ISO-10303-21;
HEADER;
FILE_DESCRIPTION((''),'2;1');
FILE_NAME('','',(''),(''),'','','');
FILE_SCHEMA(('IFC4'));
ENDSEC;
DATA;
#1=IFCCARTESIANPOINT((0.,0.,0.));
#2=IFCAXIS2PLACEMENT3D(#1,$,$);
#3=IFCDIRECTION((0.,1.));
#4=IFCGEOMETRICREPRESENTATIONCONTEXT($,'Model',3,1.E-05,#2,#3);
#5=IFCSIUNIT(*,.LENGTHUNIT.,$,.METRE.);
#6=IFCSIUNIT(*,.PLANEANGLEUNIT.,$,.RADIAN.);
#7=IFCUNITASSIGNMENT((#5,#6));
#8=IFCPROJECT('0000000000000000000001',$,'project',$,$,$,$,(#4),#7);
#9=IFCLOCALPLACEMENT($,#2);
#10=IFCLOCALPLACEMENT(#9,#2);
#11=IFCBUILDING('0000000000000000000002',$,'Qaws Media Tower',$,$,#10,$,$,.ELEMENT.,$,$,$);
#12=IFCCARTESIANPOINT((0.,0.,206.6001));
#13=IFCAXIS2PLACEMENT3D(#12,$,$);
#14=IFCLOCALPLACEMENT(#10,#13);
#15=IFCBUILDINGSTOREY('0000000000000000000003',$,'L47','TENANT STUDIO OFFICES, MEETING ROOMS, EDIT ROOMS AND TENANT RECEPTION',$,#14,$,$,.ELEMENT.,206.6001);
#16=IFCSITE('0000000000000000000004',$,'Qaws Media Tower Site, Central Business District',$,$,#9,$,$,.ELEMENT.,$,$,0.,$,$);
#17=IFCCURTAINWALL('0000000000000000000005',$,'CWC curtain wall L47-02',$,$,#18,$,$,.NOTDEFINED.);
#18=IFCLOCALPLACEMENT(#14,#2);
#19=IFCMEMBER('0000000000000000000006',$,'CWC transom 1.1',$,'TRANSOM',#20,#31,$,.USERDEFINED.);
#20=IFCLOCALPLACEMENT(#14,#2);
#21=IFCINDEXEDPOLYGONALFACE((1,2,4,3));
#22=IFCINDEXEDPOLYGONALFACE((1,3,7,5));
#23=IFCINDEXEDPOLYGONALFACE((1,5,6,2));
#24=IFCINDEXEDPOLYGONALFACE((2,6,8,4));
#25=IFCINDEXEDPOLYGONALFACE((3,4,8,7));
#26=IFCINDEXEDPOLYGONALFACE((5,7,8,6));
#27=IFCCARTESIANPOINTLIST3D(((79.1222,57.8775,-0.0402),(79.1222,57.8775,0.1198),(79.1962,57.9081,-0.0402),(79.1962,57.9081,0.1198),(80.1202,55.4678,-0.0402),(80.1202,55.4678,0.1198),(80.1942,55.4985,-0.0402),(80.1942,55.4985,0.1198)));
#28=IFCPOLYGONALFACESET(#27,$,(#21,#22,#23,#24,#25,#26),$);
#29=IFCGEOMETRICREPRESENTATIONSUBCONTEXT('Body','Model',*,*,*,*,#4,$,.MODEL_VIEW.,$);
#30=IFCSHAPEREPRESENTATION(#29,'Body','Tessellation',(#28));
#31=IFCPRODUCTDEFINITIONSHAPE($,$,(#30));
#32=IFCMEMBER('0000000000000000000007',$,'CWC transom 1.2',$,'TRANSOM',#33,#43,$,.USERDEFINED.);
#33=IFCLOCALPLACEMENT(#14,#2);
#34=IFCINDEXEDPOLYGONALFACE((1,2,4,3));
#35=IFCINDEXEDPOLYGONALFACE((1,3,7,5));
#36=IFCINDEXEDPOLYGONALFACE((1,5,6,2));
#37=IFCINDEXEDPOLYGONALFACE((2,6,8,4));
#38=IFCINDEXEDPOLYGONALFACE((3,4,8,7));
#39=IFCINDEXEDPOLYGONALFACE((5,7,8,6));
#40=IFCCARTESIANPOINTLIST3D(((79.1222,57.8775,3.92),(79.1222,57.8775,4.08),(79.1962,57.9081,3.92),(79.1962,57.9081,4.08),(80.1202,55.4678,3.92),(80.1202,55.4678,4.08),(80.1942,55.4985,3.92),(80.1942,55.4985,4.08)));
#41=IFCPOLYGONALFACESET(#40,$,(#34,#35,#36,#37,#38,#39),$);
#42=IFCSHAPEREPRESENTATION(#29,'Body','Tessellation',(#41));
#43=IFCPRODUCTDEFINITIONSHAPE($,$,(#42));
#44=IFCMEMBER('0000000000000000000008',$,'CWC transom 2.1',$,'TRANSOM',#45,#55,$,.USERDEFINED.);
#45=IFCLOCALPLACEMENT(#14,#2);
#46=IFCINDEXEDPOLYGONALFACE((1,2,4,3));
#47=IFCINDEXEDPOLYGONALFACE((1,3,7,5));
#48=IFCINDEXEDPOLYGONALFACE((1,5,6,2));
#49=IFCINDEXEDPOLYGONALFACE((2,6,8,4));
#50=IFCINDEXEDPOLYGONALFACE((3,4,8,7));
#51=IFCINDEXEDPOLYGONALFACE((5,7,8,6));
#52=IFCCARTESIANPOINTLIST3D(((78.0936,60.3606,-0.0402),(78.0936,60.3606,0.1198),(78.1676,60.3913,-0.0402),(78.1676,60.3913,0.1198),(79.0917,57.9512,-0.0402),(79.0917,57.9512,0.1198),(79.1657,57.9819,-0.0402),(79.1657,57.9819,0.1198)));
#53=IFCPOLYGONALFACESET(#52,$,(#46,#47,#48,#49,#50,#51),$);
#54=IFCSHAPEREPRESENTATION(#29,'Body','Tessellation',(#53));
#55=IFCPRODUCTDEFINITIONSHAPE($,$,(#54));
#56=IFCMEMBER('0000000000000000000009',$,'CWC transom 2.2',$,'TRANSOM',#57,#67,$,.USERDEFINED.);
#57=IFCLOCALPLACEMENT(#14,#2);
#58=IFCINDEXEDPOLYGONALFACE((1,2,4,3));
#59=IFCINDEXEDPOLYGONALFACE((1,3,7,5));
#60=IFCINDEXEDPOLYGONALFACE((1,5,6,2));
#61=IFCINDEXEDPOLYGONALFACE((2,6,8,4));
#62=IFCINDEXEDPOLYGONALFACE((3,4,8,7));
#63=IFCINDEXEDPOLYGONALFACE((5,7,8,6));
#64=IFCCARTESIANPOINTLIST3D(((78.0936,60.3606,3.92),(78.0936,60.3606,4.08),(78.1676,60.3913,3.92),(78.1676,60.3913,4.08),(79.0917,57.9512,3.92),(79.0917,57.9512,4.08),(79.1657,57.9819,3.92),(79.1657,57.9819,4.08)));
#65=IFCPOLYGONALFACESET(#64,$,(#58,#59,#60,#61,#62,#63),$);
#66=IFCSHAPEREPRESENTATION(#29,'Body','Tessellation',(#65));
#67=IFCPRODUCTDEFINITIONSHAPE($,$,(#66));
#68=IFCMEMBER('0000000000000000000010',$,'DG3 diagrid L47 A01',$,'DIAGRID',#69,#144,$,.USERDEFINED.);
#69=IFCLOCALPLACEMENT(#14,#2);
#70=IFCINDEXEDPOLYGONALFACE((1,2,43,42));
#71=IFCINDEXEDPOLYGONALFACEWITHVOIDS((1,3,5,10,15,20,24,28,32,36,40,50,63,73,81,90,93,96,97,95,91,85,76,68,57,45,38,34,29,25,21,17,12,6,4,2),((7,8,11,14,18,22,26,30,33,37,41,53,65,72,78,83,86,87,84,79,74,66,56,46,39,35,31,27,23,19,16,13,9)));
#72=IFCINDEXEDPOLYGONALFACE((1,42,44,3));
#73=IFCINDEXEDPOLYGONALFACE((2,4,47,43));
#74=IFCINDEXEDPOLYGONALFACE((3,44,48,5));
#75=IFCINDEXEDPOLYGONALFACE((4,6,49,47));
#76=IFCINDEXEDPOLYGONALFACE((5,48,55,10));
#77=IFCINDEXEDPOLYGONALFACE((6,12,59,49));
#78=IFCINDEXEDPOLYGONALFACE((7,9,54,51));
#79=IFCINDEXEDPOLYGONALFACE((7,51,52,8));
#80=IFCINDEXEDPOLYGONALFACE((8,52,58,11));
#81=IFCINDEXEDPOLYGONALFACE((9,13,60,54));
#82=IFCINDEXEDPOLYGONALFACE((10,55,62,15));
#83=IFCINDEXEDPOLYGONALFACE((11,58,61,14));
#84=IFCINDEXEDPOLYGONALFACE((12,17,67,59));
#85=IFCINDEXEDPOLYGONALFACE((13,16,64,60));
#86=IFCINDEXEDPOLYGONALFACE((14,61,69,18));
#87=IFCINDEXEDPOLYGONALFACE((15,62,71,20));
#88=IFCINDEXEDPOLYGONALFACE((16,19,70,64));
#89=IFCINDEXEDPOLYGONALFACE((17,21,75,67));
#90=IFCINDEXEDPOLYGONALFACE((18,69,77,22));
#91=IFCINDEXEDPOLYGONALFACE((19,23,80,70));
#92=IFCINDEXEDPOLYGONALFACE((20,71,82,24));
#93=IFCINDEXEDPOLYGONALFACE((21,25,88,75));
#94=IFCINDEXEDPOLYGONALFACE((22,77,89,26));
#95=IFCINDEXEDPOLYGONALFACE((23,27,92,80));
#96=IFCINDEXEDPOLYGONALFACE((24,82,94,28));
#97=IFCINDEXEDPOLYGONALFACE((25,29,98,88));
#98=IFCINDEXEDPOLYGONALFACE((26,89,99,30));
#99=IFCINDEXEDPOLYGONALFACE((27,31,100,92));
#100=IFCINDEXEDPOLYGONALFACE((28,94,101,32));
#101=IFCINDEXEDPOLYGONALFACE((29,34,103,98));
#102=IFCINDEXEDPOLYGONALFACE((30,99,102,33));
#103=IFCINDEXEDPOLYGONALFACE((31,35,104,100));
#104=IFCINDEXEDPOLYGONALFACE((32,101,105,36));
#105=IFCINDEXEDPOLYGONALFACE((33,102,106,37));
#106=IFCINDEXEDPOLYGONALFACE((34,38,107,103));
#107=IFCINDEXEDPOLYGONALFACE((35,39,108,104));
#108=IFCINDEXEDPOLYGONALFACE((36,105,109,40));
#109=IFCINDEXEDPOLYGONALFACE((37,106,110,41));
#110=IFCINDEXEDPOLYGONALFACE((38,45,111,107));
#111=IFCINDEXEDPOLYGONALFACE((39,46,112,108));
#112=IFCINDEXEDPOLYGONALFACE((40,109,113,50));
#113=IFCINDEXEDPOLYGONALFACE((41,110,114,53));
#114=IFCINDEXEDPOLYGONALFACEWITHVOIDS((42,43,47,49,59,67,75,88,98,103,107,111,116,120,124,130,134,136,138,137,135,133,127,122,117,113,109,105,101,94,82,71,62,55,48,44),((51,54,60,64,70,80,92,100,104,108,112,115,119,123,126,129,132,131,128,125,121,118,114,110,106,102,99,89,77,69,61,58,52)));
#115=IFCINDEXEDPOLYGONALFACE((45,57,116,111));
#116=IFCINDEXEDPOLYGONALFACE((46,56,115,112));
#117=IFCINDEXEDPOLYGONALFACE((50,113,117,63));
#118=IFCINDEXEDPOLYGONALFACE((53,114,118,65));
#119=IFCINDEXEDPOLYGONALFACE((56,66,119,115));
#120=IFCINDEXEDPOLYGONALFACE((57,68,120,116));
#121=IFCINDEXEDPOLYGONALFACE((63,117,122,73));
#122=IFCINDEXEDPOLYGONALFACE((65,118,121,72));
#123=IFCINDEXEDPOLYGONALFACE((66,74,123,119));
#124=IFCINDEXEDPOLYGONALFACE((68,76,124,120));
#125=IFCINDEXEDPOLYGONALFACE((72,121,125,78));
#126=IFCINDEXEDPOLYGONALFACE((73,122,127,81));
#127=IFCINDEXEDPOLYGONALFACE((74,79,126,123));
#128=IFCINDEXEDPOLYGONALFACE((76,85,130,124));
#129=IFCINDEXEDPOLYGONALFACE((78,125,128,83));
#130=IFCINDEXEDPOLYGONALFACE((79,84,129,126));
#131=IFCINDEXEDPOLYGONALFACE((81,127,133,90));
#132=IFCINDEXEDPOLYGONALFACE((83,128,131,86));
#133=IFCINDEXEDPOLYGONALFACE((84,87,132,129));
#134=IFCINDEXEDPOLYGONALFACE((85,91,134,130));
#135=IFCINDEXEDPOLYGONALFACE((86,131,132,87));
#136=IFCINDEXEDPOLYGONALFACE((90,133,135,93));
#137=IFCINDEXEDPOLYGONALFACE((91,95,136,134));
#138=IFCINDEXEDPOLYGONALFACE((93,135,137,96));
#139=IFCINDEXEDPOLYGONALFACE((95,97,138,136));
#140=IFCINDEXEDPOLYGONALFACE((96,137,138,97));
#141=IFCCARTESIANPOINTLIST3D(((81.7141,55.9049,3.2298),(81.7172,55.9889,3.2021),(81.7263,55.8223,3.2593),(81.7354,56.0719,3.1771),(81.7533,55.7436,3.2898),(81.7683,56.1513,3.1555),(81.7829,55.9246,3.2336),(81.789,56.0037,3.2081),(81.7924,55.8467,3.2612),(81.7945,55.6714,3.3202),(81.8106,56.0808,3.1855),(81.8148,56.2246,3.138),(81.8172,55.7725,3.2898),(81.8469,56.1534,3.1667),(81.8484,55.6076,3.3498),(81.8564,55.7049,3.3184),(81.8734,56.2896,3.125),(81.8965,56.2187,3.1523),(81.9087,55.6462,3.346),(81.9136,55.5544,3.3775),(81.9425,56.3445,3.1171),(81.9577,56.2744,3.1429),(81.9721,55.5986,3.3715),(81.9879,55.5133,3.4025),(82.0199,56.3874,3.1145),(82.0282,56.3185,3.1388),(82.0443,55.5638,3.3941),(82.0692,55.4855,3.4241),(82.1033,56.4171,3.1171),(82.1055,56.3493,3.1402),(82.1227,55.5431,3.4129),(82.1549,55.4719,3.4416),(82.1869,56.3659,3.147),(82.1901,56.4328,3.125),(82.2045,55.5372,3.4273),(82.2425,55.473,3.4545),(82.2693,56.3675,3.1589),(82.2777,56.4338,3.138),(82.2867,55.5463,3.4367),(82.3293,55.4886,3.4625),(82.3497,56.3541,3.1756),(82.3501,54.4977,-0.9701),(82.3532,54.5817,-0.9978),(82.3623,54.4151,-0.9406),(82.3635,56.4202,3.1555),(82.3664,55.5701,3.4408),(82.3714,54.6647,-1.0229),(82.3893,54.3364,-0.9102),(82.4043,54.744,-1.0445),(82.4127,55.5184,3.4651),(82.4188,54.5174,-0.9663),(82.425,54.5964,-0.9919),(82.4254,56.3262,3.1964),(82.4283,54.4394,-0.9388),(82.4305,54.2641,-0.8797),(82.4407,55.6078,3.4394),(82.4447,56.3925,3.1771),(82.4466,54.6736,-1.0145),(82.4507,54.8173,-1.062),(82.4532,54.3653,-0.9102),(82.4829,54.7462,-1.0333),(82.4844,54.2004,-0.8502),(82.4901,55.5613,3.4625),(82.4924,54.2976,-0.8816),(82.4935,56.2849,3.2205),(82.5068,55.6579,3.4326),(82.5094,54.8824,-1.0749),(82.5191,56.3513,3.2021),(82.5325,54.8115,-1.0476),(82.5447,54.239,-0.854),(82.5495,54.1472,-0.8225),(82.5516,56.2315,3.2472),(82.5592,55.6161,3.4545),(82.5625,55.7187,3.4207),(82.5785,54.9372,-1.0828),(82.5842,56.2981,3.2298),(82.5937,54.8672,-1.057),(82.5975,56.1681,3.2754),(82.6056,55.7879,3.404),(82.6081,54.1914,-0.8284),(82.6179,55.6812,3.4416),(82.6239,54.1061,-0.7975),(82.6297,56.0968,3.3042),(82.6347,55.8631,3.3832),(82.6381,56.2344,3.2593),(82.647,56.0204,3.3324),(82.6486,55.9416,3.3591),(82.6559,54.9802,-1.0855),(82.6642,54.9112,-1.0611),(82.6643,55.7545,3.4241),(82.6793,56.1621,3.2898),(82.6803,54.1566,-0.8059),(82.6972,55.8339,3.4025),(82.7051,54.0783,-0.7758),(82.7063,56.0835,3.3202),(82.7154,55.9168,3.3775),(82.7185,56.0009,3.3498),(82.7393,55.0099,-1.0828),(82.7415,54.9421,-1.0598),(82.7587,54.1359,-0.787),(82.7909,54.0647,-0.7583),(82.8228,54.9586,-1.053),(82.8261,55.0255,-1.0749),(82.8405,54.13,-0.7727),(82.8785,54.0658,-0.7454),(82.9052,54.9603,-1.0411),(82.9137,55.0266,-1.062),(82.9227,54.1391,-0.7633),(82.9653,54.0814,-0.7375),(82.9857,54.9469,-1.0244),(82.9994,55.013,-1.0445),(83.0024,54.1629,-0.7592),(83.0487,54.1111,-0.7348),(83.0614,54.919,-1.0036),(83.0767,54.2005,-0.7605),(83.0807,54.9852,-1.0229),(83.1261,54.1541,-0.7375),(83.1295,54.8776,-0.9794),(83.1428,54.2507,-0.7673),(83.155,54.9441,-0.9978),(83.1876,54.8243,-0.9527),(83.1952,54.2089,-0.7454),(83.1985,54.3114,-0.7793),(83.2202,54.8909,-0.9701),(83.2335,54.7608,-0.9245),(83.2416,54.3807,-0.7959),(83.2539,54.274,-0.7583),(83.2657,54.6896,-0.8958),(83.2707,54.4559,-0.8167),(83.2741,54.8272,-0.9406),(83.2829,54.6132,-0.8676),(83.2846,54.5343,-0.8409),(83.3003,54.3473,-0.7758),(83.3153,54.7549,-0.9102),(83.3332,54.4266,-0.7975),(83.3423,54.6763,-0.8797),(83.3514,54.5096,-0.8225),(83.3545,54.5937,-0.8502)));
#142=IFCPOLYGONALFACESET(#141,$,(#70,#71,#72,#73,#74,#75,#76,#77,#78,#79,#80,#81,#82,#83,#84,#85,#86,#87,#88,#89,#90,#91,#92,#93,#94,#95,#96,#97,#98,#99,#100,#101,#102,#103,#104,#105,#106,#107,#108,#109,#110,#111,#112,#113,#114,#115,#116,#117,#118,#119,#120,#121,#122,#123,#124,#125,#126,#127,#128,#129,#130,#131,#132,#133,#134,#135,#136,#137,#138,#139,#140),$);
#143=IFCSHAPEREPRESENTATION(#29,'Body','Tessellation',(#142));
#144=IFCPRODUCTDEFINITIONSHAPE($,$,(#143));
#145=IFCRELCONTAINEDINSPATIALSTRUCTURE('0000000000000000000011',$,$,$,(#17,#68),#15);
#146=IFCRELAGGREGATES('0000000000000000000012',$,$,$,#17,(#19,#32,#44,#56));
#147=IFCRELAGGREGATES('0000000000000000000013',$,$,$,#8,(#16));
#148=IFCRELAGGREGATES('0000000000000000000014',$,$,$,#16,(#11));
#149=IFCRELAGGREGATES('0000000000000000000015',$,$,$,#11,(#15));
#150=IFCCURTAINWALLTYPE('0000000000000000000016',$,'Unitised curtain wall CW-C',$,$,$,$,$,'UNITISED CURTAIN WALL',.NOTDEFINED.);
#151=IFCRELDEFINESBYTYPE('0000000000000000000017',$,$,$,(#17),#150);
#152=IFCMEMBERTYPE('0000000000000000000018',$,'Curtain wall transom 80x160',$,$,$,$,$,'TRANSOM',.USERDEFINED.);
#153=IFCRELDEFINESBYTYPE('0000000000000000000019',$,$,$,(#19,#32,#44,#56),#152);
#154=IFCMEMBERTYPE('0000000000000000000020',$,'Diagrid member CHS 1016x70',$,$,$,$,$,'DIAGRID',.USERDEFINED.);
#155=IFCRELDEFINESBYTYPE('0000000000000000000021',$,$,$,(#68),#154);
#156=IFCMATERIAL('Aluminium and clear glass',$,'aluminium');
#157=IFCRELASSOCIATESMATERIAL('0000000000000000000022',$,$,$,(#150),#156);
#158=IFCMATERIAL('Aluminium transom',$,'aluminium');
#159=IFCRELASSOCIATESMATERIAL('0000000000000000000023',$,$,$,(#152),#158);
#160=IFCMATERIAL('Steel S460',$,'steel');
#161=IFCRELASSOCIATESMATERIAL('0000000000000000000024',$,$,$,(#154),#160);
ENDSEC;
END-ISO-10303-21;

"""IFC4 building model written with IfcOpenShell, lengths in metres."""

from ifc_helpers import new_model, si_unit, direction, frame, origin, origin_2d, place, context, subcontext, project, spatial, rectangle, hollow_circle, extrude, material, material_profile, profile_set, type_object, element, aggregate, save


model = new_model("IFC4")

# Units and contexts
model_context = context("Model", 3, precision=1e-05, world=origin(), true_north=direction((0.0, 1.0)))
body_context = subcontext(model_context, "Body", "Model", "MODEL_VIEW")
ifc_project = project(units=[si_unit("LENGTHUNIT", "METRE"), si_unit("PLANEANGLEUNIT", "RADIAN")], contexts=[model_context])

# Site, building, storey
site_placement = place(None, origin())
site = spatial("IfcSite", under=ifc_project, at=site_placement, Name="Qaws Media Tower Site, Central Business District", CompositionType="ELEMENT", RefElevation=0.0)
building_placement = place(site_placement, origin())
building = spatial("IfcBuilding", under=site, at=building_placement, Name="Qaws Media Tower", CompositionType="ELEMENT")
storey_placement = place(building_placement, frame((0.0, 0.0, 206.6001)))
storey = spatial("IfcBuildingStorey", under=building, at=storey_placement, Name="L47", Description="TENANT STUDIO OFFICES, MEETING ROOMS, EDIT ROOMS AND TENANT RECEPTION", CompositionType="ELEMENT", Elevation=206.6001)

# Curtain wall
ifc_material_1 = material(Name="Aluminium and clear glass", Category="aluminium")
curtain_wall_type = type_object("IfcCurtainWallType", Name="Unitised curtain wall CW-C", ElementType="UNITISED CURTAIN WALL", PredefinedType="NOTDEFINED", material=ifc_material_1)
curtain_wall_1_placement = place(storey_placement, origin())
curtain_wall_1 = element("IfcCurtainWall", 1, at=curtain_wall_1_placement, inside=storey, type_object=curtain_wall_type, Name="CWC curtain wall L47-02", PredefinedType="NOTDEFINED")

# Members
ifc_material_2 = material(Name="Aluminium transom", Category="aluminium")
ifc_material_profile_1 = material_profile(ifc_material_2, rectangle(XDim=0.0801, YDim=0.1599, at=origin_2d()), Name="80x160")
ifc_profile_set_1 = profile_set([ifc_material_profile_1], Name="Aluminium transom")
member_type_1 = type_object("IfcMemberType", Name="Curtain wall transom 80x160", ElementType="TRANSOM", PredefinedType="USERDEFINED", material=ifc_profile_set_1)
member_1_placement = place(storey_placement, frame((80.1572, 55.4832, 0.0398), z_axis=(-0.38266, 0.923889, 0.0), x_axis=(-0.923889, -0.38266, 0.0)))
member_1 = element("IfcMember", 2, at=member_1_placement, type_object=member_type_1, Name="CWC transom 1.1", ObjectType="TRANSOM", PredefinedType="USERDEFINED", context=body_context, shape_type="SweptSolid", body=[
    extrude(rectangle(XDim=0.0801, YDim=0.1599, at=origin_2d()), origin(), (0.0, 0.0, 1.0), 2.6082),
])
member_2_placement = place(storey_placement, frame((80.1572, 55.4832, 4.0), z_axis=(-0.38266, 0.923889, 0.0), x_axis=(-0.923889, -0.38266, 0.0)))
member_2 = element("IfcMember", 3, at=member_2_placement, type_object=member_type_1, Name="CWC transom 1.2", ObjectType="TRANSOM", PredefinedType="USERDEFINED", context=body_context, shape_type="SweptSolid", body=[
    extrude(rectangle(XDim=0.0801, YDim=0.1599, at=origin_2d()), origin(), (0.0, 0.0, 1.0), 2.6082),
])
member_3_placement = place(storey_placement, frame((79.1287, 57.9666, 0.0398), z_axis=(-0.382694, 0.923875, 0.0), x_axis=(-0.923875, -0.382694, 0.0)))
member_3 = element("IfcMember", 4, at=member_3_placement, type_object=member_type_1, Name="CWC transom 2.1", ObjectType="TRANSOM", PredefinedType="USERDEFINED", context=body_context, shape_type="SweptSolid", body=[
    extrude(rectangle(XDim=0.0801, YDim=0.1599, at=origin_2d()), origin(), (0.0, 0.0, 1.0), 2.6079),
])
member_4_placement = place(storey_placement, frame((79.1287, 57.9666, 4.0), z_axis=(-0.382694, 0.923875, 0.0), x_axis=(-0.923875, -0.382694, 0.0)))
member_4 = element("IfcMember", 5, at=member_4_placement, type_object=member_type_1, Name="CWC transom 2.2", ObjectType="TRANSOM", PredefinedType="USERDEFINED", context=body_context, shape_type="SweptSolid", body=[
    extrude(rectangle(XDim=0.0801, YDim=0.1599, at=origin_2d()), origin(), (0.0, 0.0, 1.0), 2.6079),
])

# Member
ifc_material_3 = material(Name="Steel S460", Category="steel")
ifc_material_profile_2 = material_profile(ifc_material_3, hollow_circle(Radius=0.5081, WallThickness=0.0701, at=origin_2d()), Name="CHS 1016x70")
ifc_profile_set_2 = profile_set([ifc_material_profile_2], Name="Steel S460")
member_type_2 = type_object("IfcMemberType", Name="Diagrid member CHS 1016x70", ElementType="DIAGRID", PredefinedType="USERDEFINED", material=ifc_profile_set_2)
for number, where, z_axis, x_axis, name in (
    (6, (82.8523, 54.5457, -0.9102), (-0.142124, 0.314474, 0.938566), (-0.911258, -0.411837, 0.0), "DG3 diagrid L47 A01"),
):
    element("IfcMember", number, at=place(storey_placement, frame(where, z_axis=z_axis, x_axis=x_axis)), inside=storey, type_object=member_type_2, Name=name, ObjectType="DIAGRID", PredefinedType="USERDEFINED", context=body_context, shape_type="SweptSolid", body=[
        extrude(hollow_circle(Radius=0.5081, WallThickness=0.0701, at=origin_2d()), origin(), (0.0, 0.0, 1.0), 4.4749),
    ])

aggregate(curtain_wall_1, [member_1, member_2, member_3, member_4])

save(model, "model.ifc")
